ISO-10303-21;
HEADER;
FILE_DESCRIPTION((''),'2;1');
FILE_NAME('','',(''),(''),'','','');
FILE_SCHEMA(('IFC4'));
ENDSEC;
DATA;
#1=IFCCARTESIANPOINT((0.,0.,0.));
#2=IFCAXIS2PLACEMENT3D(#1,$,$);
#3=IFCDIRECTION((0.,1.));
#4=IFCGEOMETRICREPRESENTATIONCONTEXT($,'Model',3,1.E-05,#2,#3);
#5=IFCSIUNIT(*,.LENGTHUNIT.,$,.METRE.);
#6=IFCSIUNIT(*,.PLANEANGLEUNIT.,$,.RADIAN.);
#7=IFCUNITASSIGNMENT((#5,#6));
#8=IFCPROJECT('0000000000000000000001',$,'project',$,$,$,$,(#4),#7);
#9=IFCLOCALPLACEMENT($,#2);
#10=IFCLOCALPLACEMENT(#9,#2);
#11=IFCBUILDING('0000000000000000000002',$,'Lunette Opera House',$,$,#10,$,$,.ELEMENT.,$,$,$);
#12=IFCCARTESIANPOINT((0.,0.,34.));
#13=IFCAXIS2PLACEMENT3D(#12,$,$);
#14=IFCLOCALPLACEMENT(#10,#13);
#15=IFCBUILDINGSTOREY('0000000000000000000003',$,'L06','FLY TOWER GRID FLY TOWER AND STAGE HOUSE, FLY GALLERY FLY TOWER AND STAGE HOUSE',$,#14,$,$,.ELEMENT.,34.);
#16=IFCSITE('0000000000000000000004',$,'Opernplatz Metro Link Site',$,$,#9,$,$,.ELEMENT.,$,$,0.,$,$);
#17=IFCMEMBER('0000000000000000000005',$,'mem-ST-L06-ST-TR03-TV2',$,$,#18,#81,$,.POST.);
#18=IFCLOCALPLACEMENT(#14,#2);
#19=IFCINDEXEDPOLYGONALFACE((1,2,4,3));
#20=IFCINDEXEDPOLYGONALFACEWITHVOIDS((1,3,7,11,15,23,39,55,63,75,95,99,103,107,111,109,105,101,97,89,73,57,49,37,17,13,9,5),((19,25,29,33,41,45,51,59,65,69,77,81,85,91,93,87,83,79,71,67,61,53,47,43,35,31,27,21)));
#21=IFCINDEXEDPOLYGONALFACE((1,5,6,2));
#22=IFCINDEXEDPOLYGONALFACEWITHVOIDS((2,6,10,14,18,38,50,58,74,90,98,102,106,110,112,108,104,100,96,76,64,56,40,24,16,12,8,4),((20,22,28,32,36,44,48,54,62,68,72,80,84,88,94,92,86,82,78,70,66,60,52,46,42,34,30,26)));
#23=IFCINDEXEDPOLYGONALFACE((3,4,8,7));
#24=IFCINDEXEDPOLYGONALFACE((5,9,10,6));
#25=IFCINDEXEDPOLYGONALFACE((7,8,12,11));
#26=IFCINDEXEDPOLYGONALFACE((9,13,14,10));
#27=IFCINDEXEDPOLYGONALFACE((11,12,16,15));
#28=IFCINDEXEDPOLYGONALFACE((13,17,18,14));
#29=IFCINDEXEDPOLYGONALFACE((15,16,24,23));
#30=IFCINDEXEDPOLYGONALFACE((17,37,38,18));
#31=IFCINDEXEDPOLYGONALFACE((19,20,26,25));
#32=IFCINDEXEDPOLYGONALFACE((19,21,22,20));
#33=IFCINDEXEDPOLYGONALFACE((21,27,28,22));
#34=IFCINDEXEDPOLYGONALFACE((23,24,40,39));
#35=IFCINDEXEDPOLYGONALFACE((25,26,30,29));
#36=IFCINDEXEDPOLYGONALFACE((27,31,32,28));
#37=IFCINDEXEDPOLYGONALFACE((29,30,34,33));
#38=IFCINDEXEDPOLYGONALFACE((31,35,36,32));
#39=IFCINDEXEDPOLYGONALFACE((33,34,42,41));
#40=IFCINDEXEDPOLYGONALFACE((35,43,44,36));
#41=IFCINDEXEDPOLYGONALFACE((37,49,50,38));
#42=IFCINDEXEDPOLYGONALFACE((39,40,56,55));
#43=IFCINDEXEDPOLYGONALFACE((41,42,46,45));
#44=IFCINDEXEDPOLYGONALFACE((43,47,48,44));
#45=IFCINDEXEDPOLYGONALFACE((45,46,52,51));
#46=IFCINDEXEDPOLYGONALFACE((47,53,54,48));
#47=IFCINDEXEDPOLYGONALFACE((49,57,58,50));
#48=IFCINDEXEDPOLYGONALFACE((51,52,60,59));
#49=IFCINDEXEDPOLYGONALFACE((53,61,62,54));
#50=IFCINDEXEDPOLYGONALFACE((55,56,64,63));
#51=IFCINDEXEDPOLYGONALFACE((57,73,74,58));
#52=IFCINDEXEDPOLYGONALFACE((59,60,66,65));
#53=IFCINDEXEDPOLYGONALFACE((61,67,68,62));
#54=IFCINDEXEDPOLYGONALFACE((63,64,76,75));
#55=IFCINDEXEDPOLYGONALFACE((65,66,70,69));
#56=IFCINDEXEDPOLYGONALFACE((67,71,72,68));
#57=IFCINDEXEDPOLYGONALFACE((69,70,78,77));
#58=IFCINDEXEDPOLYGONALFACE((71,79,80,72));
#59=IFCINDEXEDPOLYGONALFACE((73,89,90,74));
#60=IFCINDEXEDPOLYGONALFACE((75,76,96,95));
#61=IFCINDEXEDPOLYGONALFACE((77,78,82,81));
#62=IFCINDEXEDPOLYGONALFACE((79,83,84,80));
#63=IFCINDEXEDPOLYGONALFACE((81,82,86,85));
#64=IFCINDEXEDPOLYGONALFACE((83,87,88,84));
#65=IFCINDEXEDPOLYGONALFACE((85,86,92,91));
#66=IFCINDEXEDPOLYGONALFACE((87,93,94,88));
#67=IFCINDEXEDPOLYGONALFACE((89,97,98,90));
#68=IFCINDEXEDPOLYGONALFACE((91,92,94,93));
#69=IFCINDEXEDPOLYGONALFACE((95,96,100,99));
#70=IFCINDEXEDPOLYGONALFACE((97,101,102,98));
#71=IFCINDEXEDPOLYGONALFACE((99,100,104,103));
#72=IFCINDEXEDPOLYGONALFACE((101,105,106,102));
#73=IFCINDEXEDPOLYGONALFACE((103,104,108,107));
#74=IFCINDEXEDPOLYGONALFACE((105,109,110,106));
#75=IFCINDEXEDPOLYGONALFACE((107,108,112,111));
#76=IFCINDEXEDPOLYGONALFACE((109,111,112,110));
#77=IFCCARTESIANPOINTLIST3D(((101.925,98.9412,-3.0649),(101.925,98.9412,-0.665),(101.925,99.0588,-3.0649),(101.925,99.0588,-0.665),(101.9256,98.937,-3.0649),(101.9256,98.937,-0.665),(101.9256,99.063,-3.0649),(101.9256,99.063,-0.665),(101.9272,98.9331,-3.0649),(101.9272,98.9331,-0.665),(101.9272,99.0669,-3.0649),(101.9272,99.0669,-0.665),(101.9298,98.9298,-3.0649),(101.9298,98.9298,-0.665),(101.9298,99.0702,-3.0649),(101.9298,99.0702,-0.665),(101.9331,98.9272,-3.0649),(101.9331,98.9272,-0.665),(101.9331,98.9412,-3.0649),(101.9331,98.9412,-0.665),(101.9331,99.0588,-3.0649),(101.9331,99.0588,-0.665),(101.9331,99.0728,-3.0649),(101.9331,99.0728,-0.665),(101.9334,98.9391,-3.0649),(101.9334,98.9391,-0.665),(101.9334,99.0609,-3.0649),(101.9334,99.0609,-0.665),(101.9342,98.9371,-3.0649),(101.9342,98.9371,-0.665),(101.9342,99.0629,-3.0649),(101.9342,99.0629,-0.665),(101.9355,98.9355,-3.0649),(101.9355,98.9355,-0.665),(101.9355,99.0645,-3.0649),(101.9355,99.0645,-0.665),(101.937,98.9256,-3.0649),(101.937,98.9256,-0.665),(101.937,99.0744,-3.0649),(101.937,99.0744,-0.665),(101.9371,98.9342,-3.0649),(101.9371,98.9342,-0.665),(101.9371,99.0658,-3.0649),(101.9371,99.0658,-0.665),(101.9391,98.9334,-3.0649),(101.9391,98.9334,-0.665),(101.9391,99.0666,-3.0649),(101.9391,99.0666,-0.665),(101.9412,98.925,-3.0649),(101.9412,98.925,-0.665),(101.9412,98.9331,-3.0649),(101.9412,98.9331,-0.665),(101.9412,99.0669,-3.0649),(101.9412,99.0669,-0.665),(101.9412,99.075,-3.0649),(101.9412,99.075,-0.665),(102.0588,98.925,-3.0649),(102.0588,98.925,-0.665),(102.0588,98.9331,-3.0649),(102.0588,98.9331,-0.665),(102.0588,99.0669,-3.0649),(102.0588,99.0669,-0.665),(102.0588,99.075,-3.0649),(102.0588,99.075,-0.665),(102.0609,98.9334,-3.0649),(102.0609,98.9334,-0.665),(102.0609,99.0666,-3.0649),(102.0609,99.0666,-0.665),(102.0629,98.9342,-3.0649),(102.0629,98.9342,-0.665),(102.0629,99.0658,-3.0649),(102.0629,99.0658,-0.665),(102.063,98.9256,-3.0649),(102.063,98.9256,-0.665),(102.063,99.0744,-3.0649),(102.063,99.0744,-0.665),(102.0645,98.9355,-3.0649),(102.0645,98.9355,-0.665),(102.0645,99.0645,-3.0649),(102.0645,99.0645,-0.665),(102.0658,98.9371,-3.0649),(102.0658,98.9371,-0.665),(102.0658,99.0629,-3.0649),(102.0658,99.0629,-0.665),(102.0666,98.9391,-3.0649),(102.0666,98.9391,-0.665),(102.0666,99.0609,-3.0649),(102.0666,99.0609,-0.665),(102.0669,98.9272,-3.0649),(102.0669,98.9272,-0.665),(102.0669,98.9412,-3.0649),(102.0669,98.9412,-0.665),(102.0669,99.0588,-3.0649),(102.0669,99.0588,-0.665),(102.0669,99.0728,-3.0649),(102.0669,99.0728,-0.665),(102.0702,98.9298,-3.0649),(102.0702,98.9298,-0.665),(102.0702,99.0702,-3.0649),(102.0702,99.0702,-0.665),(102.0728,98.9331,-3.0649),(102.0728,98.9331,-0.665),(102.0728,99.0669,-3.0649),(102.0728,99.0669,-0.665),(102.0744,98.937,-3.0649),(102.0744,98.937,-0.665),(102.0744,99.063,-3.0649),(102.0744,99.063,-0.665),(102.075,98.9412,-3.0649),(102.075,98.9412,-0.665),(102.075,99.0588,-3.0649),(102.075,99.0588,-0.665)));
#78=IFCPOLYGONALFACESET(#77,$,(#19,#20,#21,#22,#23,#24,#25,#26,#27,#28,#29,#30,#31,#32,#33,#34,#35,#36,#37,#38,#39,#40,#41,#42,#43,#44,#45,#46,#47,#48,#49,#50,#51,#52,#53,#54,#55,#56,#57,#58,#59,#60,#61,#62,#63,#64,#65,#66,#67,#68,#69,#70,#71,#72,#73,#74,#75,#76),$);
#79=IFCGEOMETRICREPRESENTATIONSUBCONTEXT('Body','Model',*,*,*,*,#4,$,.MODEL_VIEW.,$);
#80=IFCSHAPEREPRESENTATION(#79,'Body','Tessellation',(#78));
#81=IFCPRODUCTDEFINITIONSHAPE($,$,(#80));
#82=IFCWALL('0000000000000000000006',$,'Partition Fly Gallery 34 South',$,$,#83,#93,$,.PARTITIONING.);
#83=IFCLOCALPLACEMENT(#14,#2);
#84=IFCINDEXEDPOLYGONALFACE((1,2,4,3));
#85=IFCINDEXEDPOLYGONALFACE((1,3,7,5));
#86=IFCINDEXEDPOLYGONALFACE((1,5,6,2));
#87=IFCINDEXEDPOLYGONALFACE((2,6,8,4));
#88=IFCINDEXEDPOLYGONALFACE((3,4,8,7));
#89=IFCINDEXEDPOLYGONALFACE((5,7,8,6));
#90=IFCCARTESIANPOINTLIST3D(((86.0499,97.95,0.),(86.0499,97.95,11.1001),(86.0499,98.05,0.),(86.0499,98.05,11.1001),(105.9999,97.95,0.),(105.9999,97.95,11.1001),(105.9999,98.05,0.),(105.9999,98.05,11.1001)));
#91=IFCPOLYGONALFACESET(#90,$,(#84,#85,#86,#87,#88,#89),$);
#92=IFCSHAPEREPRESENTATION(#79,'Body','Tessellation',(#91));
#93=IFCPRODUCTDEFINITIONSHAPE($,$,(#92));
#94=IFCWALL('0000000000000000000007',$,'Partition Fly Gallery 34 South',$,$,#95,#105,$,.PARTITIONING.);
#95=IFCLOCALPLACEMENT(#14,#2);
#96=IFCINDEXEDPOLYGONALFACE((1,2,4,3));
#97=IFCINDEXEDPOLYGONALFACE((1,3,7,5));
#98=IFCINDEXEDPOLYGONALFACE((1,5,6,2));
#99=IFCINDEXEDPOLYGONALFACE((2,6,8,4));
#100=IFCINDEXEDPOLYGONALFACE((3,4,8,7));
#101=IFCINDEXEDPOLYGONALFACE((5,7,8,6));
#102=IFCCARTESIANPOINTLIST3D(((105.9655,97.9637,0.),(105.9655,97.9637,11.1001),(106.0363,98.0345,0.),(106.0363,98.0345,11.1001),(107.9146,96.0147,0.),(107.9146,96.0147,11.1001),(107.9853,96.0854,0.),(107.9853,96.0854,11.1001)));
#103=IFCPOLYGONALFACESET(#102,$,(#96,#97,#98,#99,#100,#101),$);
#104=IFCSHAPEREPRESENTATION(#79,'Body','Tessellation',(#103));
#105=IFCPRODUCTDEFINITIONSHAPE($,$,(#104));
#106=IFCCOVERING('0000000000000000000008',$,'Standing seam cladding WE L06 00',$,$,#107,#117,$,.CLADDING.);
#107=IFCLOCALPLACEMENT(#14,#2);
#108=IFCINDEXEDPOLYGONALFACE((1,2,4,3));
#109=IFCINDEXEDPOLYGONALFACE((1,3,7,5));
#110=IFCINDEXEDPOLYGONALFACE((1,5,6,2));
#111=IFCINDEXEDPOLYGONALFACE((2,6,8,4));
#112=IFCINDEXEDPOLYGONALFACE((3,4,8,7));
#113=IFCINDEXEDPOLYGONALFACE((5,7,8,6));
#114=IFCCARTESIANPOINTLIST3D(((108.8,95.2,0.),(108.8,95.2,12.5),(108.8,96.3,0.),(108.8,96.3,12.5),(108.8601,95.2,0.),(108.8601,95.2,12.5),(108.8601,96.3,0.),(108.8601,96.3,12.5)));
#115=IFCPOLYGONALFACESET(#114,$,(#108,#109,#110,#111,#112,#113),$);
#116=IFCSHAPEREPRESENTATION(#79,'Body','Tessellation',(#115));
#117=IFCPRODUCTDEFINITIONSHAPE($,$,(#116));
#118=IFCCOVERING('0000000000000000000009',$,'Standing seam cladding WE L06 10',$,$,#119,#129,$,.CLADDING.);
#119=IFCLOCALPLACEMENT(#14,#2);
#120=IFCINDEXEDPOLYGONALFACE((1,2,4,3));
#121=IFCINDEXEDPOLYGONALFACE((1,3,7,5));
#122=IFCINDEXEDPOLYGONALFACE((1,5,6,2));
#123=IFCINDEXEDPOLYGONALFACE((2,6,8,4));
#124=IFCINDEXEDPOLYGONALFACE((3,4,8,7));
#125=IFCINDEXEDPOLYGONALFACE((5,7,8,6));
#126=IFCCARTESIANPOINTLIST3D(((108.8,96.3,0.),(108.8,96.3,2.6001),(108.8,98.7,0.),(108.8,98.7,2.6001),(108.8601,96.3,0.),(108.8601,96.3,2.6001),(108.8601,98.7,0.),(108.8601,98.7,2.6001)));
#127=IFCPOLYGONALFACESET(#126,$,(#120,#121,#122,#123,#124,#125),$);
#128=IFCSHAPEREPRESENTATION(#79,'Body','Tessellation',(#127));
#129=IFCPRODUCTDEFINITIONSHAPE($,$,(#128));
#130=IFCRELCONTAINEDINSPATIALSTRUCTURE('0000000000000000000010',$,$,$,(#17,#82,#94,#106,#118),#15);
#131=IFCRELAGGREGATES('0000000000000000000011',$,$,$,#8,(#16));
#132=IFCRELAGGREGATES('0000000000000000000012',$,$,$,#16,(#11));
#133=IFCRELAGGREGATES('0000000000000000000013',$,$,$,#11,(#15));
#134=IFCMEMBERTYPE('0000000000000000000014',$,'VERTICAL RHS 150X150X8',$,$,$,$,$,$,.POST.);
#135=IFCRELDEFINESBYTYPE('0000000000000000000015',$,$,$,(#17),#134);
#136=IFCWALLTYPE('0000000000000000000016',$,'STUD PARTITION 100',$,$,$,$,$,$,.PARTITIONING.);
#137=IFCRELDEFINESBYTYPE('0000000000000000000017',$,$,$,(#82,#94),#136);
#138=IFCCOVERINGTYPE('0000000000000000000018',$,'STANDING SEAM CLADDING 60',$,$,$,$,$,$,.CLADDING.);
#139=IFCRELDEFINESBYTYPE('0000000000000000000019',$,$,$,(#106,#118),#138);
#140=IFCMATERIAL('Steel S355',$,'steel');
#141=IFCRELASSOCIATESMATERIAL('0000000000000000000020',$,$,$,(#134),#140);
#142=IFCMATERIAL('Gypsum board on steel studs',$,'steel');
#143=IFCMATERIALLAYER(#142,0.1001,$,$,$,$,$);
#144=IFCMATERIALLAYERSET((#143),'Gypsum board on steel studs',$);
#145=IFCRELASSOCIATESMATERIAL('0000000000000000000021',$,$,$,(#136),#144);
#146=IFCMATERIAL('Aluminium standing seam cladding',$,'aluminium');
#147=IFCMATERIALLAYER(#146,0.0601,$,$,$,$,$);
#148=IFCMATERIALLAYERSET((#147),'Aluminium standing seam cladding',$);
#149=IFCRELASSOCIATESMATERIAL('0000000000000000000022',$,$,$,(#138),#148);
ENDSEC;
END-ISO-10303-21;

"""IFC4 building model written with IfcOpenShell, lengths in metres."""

from ifc_helpers import new_model, si_unit, direction, frame, frame_2d, origin, origin_2d, place, context, subcontext, project, spatial, rectangle, hollow_rectangle, extrude, material, layer, layer_set, material_profile, profile_set, type_object, element, save


model = new_model("IFC4")

# Units and contexts
model_context = context("Model", 3, precision=1e-05, world=origin(), true_north=direction((0.0, 1.0)))
body_context = subcontext(model_context, "Body", "Model", "MODEL_VIEW")
ifc_project = project(units=[si_unit("LENGTHUNIT", "METRE"), si_unit("PLANEANGLEUNIT", "RADIAN")], contexts=[model_context])

# Site, building, storey
site_placement = place(None, origin())
site = spatial("IfcSite", under=ifc_project, at=site_placement, Name="Opernplatz Metro Link Site", CompositionType="ELEMENT", RefElevation=0.0)
building_placement = place(site_placement, origin())
building = spatial("IfcBuilding", under=site, at=building_placement, Name="Lunette Opera House", CompositionType="ELEMENT")
storey_placement = place(building_placement, frame((0.0, 0.0, 34.0)))
storey = spatial("IfcBuildingStorey", under=building, at=storey_placement, Name="L06", Description="FLY TOWER GRID FLY TOWER AND STAGE HOUSE, FLY GALLERY FLY TOWER AND STAGE HOUSE", CompositionType="ELEMENT", Elevation=34.0)

# Member
ifc_material_1 = material(Name="Steel S355", Category="steel")
ifc_material_profile = material_profile(ifc_material_1, hollow_rectangle(XDim=0.1499, YDim=0.1499, WallThickness=0.0081, InnerFilletRadius=0.0081, OuterFilletRadius=0.0161, at=origin_2d()), Name="RHS 150X150X8")
ifc_profile_set = profile_set([ifc_material_profile], Name="Steel S355")
member_type = type_object("IfcMemberType", Name="VERTICAL RHS 150X150X8", PredefinedType="POST", material=ifc_profile_set)
member_placement = place(storey_placement, frame((102.0, 99.0, -3.0649), z_axis=(0.0, 0.0, 1.0), x_axis=(1.0, 0.0, 0.0)))
element("IfcMember", 1, at=member_placement, inside=storey, type_object=member_type, Name="mem-ST-L06-ST-TR03-TV2", PredefinedType="POST", context=body_context, shape_type="SweptSolid", body=[
    extrude(hollow_rectangle(XDim=0.1499, YDim=0.1499, WallThickness=0.0081, InnerFilletRadius=0.0081, OuterFilletRadius=0.0161, at=origin_2d()), origin(), (0.0, 0.0, 1.0), 2.3999),
])

# Walls
ifc_material_2 = material(Name="Gypsum board on steel studs", Category="steel")
ifc_layer_1 = layer(ifc_material_2, 0.1001)
ifc_layer_set_1 = layer_set([ifc_layer_1], Name="Gypsum board on steel studs")
wall_type_1 = type_object("IfcWallType", Name="STUD PARTITION 100", PredefinedType="PARTITIONING", material=ifc_layer_set_1)
wall_1_placement = place(storey_placement, frame((106.0, 98.0, 0.0), z_axis=(0.0, 0.0, 1.0), x_axis=(-1.0, 0.0, 0.0)))
element("IfcWall", 2, at=wall_1_placement, inside=storey, type_object=wall_type_1, Name="Partition Fly Gallery 34 South", PredefinedType="PARTITIONING", context=body_context, shape_type="SweptSolid", body=[
    extrude(rectangle(XDim=19.95, YDim=0.1001, at=frame_2d((9.9751, 0.0))), origin(), (0.0, 0.0, 1.0), 11.1001),
])
wall_2_placement = place(storey_placement, frame((107.95, 96.05, 0.0), z_axis=(0.0, 0.0, 1.0), x_axis=(-0.707107, 0.707107, 0.0)))
element("IfcWall", 3, at=wall_2_placement, inside=storey, type_object=wall_type_1, Name="Partition Fly Gallery 34 South", PredefinedType="PARTITIONING", context=body_context, shape_type="SweptSolid", body=[
    extrude(rectangle(XDim=2.7563, YDim=0.1001, at=frame_2d((1.3782, 0.0))), origin(), (0.0, 0.0, 1.0), 11.1001),
])

# Coverings
ifc_material_3 = material(Name="Aluminium standing seam cladding", Category="aluminium")
ifc_layer_2 = layer(ifc_material_3, 0.0601)
ifc_layer_set_2 = layer_set([ifc_layer_2], Name="Aluminium standing seam cladding")
covering_type = type_object("IfcCoveringType", Name="STANDING SEAM CLADDING 60", PredefinedType="CLADDING", material=ifc_layer_set_2)
covering_1_placement = place(storey_placement, frame((108.8301, 95.75, 0.0), z_axis=(0.0, 0.0, 1.0), x_axis=(0.0, 1.0, 0.0)))
element("IfcCovering", 4, at=covering_1_placement, inside=storey, type_object=covering_type, Name="Standing seam cladding WE L06 00", PredefinedType="CLADDING", context=body_context, shape_type="SweptSolid", body=[
    extrude(rectangle(XDim=1.1001, YDim=0.0601, at=origin_2d()), origin(), (0.0, 0.0, 1.0), 12.5),
])
covering_2_placement = place(storey_placement, frame((108.8301, 97.5, 0.0), z_axis=(0.0, 0.0, 1.0), x_axis=(0.0, 1.0, 0.0)))
element("IfcCovering", 5, at=covering_2_placement, inside=storey, type_object=covering_type, Name="Standing seam cladding WE L06 10", PredefinedType="CLADDING", context=body_context, shape_type="SweptSolid", body=[
    extrude(rectangle(XDim=2.3999, YDim=0.0601, at=origin_2d()), origin(), (0.0, 0.0, 1.0), 2.6001),
])

save(model, "model.ifc")
